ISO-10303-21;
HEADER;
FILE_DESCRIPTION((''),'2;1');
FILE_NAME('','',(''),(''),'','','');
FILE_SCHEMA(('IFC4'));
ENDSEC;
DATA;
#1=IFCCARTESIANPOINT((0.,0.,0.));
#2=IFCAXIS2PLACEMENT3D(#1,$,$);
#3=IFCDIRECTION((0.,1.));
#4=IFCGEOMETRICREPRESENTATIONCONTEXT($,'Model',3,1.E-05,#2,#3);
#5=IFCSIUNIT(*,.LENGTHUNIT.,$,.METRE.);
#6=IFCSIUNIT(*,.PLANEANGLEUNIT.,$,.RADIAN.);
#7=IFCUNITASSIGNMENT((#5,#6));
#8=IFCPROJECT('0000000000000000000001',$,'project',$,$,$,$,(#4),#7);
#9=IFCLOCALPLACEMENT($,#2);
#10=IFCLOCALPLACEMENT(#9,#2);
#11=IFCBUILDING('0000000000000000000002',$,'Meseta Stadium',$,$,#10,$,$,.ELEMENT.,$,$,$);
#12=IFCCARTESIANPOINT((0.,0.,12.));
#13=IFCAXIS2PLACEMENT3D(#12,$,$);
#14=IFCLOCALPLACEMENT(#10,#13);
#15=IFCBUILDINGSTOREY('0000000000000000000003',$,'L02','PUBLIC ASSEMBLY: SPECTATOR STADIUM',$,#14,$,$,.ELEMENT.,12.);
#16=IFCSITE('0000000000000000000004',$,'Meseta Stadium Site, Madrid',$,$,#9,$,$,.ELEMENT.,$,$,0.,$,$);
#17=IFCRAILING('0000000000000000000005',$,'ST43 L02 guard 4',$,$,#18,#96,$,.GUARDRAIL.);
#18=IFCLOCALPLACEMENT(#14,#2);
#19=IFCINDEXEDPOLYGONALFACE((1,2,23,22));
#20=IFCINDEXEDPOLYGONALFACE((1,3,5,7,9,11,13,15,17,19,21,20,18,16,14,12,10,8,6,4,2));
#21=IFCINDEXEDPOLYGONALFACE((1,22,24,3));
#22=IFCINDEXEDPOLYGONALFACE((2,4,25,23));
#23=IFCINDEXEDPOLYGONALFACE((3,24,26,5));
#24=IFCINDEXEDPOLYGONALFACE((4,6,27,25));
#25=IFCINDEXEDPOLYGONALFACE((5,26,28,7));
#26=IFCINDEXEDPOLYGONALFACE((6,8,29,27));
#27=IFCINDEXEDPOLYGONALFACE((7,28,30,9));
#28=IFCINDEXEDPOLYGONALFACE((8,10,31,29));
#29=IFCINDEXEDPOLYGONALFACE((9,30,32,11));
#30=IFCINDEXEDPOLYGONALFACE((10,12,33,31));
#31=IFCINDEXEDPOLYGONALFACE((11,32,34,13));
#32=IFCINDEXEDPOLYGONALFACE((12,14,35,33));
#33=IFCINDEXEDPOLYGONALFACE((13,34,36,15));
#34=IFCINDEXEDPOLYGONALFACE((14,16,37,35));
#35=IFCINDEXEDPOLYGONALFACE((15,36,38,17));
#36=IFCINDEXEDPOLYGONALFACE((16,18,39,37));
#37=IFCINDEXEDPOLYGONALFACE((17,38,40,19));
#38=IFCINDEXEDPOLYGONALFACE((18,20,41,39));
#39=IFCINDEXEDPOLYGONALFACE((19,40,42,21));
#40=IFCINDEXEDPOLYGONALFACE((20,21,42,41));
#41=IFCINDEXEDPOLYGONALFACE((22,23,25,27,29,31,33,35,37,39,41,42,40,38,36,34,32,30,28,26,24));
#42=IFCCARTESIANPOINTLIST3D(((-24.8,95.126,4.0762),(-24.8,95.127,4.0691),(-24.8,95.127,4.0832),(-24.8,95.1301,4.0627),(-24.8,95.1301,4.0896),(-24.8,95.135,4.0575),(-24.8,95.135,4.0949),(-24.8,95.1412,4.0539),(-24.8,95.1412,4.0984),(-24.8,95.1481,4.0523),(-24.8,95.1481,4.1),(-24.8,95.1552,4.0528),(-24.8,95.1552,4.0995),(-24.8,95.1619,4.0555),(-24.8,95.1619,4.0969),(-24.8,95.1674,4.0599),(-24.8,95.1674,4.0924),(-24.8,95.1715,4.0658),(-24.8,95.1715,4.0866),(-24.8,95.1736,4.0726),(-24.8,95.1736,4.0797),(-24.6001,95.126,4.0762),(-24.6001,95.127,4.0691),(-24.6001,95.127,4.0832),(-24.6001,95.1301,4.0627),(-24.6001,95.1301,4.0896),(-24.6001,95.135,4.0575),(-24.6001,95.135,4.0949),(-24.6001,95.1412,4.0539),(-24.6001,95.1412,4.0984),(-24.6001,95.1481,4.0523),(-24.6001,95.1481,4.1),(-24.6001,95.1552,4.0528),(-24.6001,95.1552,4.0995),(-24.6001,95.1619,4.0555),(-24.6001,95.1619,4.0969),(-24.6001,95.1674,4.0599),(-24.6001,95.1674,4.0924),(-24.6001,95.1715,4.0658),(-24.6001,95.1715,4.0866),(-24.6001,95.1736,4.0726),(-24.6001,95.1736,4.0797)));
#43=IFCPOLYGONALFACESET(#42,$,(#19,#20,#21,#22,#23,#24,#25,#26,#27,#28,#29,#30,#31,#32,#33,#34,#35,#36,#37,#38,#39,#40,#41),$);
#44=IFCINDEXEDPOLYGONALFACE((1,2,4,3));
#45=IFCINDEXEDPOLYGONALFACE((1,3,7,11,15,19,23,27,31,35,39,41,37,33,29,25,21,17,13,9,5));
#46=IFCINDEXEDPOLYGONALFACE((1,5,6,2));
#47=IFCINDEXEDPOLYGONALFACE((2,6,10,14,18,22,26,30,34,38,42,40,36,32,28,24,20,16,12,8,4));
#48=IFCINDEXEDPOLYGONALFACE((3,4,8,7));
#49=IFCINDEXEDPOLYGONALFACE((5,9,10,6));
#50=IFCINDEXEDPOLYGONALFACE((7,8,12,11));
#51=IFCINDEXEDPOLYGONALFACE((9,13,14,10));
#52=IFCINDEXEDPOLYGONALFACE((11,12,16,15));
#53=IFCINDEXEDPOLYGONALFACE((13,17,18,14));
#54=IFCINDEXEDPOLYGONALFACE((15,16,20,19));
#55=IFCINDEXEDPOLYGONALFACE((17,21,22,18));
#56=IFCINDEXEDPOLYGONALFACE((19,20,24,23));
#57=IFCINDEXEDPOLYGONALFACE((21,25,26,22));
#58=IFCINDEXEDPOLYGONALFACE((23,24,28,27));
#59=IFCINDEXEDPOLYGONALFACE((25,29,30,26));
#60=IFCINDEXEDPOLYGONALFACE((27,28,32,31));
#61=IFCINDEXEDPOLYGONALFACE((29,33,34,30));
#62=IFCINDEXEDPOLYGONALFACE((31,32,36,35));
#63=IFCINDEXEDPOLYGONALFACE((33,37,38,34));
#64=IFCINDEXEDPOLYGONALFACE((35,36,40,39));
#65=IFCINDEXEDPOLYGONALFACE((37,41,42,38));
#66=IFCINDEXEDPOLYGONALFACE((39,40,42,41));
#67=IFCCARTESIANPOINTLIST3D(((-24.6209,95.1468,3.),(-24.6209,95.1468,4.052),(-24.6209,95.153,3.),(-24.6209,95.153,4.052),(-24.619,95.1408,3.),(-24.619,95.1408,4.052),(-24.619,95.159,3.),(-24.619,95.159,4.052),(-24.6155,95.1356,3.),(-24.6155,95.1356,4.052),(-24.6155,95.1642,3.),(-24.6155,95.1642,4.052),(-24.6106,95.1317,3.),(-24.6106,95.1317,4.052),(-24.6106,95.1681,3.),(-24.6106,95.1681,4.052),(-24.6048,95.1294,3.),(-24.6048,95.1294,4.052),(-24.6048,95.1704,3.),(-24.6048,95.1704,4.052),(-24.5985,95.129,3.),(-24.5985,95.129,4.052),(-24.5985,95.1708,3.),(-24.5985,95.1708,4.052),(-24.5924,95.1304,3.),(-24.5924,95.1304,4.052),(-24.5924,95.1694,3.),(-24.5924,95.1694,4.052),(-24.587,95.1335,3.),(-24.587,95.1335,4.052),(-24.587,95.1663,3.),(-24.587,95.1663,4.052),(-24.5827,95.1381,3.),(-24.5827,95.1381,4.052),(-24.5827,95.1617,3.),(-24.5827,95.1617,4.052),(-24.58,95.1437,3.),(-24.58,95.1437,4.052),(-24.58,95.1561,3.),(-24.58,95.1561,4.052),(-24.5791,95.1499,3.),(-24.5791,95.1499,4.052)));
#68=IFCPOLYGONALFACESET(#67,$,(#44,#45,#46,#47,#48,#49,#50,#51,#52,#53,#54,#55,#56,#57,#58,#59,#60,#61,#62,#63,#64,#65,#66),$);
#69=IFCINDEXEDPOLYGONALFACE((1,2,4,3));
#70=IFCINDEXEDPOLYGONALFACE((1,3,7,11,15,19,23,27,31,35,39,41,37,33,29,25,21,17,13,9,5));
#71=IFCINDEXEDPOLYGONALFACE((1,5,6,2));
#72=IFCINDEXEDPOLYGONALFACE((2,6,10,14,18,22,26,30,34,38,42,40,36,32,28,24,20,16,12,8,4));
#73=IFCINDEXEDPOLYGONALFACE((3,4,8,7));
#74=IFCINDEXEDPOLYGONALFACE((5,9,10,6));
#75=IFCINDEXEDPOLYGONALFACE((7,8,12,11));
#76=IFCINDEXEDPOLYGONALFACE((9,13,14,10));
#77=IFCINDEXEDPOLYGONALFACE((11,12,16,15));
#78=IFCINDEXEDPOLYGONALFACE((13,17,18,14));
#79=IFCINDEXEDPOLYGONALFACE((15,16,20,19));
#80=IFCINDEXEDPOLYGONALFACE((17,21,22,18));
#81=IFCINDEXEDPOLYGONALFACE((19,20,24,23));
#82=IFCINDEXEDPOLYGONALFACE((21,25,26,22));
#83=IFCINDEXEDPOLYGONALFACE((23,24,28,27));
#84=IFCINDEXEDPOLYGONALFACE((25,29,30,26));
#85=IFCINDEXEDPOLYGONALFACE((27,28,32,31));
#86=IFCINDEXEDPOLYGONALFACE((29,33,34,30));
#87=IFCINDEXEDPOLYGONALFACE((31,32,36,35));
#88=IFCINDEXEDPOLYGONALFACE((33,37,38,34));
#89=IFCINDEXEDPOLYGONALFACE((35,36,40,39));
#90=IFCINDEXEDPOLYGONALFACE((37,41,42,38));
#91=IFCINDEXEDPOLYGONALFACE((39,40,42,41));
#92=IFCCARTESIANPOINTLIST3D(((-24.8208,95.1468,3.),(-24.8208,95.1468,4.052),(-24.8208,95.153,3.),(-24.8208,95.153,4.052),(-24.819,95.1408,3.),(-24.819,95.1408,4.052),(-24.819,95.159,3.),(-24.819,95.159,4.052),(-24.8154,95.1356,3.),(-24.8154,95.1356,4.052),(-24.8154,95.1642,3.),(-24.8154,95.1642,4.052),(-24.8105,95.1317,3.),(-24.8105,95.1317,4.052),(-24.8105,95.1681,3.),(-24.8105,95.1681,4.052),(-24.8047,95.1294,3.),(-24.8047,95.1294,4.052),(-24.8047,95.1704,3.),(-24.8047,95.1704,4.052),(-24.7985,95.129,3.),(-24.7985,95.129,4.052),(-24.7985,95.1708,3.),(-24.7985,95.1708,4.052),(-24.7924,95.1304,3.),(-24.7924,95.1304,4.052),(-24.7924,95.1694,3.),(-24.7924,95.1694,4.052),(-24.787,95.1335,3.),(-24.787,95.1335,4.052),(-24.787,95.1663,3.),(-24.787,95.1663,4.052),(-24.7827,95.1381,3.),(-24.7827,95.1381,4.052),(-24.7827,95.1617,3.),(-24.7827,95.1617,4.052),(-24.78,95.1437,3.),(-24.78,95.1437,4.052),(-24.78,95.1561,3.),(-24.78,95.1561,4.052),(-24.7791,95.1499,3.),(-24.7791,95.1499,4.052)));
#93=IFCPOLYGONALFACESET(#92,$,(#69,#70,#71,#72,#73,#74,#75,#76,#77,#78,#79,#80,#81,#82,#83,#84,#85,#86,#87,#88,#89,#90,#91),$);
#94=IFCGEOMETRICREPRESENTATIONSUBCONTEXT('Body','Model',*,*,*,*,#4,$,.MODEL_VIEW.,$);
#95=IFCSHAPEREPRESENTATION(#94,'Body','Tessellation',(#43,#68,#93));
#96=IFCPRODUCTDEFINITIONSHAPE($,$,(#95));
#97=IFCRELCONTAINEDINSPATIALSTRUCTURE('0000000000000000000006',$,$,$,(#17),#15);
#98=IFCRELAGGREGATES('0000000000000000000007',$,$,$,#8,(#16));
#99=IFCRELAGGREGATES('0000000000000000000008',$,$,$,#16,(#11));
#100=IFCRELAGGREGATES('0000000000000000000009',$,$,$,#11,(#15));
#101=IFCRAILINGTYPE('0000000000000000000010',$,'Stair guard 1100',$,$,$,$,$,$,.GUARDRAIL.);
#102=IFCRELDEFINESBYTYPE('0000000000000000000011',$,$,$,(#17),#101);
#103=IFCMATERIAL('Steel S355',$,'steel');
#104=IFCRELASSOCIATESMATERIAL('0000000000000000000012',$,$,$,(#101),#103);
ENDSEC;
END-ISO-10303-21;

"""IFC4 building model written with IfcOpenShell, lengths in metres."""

from ifc_helpers import new_model, si_unit, direction, frame, origin, origin_2d, place, context, subcontext, project, spatial, circle, extrude, material, type_object, element, save


model = new_model("IFC4")

# Units and contexts
model_context = context("Model", 3, precision=1e-05, world=origin(), true_north=direction((0.0, 1.0)))
body_context = subcontext(model_context, "Body", "Model", "MODEL_VIEW")
ifc_project = project(units=[si_unit("LENGTHUNIT", "METRE"), si_unit("PLANEANGLEUNIT", "RADIAN")], contexts=[model_context])

# Site, building, storey
site_placement = place(None, origin())
site = spatial("IfcSite", under=ifc_project, at=site_placement, Name="Meseta Stadium Site, Madrid", CompositionType="ELEMENT", RefElevation=0.0)
building_placement = place(site_placement, origin())
building = spatial("IfcBuilding", under=site, at=building_placement, Name="Meseta Stadium", CompositionType="ELEMENT")
storey_placement = place(building_placement, frame((0.0, 0.0, 12.0)))
storey = spatial("IfcBuildingStorey", under=building, at=storey_placement, Name="L02", Description="PUBLIC ASSEMBLY: SPECTATOR STADIUM", CompositionType="ELEMENT", Elevation=12.0)

# Railing
ifc_material_1 = material(Name="Steel S355", Category="steel")
railing_type_1 = type_object("IfcRailingType", Name="Stair guard 1100", PredefinedType="GUARDRAIL", material=ifc_material_1)
railing_1_placement = place(storey_placement, frame((-24.6001, 95.1499, 3.0)))
element("IfcRailing", 1, at=railing_1_placement, inside=storey, type_object=railing_type_1, Name="ST43 L02 guard 4", PredefinedType="GUARDRAIL", context=body_context, shape_type="SweptSolid", body=[
    extrude(circle(Radius=0.0239, at=origin_2d()), frame((0.0, 0.0, 1.0762), z_axis=(-1.0, 0.0, 0.0), x_axis=(0.0, -1.0, 0.0)), (0.0, 0.0, 1.0), 0.2),
    extrude(circle(Radius=0.021, at=origin_2d()), origin(), (0.0, 0.0, 1.0), 1.052),
    extrude(circle(Radius=0.021, at=origin_2d()), frame((-0.2, 0.0, 0.0)), (0.0, 0.0, 1.0), 1.052),
])

save(model, "model.ifc")
